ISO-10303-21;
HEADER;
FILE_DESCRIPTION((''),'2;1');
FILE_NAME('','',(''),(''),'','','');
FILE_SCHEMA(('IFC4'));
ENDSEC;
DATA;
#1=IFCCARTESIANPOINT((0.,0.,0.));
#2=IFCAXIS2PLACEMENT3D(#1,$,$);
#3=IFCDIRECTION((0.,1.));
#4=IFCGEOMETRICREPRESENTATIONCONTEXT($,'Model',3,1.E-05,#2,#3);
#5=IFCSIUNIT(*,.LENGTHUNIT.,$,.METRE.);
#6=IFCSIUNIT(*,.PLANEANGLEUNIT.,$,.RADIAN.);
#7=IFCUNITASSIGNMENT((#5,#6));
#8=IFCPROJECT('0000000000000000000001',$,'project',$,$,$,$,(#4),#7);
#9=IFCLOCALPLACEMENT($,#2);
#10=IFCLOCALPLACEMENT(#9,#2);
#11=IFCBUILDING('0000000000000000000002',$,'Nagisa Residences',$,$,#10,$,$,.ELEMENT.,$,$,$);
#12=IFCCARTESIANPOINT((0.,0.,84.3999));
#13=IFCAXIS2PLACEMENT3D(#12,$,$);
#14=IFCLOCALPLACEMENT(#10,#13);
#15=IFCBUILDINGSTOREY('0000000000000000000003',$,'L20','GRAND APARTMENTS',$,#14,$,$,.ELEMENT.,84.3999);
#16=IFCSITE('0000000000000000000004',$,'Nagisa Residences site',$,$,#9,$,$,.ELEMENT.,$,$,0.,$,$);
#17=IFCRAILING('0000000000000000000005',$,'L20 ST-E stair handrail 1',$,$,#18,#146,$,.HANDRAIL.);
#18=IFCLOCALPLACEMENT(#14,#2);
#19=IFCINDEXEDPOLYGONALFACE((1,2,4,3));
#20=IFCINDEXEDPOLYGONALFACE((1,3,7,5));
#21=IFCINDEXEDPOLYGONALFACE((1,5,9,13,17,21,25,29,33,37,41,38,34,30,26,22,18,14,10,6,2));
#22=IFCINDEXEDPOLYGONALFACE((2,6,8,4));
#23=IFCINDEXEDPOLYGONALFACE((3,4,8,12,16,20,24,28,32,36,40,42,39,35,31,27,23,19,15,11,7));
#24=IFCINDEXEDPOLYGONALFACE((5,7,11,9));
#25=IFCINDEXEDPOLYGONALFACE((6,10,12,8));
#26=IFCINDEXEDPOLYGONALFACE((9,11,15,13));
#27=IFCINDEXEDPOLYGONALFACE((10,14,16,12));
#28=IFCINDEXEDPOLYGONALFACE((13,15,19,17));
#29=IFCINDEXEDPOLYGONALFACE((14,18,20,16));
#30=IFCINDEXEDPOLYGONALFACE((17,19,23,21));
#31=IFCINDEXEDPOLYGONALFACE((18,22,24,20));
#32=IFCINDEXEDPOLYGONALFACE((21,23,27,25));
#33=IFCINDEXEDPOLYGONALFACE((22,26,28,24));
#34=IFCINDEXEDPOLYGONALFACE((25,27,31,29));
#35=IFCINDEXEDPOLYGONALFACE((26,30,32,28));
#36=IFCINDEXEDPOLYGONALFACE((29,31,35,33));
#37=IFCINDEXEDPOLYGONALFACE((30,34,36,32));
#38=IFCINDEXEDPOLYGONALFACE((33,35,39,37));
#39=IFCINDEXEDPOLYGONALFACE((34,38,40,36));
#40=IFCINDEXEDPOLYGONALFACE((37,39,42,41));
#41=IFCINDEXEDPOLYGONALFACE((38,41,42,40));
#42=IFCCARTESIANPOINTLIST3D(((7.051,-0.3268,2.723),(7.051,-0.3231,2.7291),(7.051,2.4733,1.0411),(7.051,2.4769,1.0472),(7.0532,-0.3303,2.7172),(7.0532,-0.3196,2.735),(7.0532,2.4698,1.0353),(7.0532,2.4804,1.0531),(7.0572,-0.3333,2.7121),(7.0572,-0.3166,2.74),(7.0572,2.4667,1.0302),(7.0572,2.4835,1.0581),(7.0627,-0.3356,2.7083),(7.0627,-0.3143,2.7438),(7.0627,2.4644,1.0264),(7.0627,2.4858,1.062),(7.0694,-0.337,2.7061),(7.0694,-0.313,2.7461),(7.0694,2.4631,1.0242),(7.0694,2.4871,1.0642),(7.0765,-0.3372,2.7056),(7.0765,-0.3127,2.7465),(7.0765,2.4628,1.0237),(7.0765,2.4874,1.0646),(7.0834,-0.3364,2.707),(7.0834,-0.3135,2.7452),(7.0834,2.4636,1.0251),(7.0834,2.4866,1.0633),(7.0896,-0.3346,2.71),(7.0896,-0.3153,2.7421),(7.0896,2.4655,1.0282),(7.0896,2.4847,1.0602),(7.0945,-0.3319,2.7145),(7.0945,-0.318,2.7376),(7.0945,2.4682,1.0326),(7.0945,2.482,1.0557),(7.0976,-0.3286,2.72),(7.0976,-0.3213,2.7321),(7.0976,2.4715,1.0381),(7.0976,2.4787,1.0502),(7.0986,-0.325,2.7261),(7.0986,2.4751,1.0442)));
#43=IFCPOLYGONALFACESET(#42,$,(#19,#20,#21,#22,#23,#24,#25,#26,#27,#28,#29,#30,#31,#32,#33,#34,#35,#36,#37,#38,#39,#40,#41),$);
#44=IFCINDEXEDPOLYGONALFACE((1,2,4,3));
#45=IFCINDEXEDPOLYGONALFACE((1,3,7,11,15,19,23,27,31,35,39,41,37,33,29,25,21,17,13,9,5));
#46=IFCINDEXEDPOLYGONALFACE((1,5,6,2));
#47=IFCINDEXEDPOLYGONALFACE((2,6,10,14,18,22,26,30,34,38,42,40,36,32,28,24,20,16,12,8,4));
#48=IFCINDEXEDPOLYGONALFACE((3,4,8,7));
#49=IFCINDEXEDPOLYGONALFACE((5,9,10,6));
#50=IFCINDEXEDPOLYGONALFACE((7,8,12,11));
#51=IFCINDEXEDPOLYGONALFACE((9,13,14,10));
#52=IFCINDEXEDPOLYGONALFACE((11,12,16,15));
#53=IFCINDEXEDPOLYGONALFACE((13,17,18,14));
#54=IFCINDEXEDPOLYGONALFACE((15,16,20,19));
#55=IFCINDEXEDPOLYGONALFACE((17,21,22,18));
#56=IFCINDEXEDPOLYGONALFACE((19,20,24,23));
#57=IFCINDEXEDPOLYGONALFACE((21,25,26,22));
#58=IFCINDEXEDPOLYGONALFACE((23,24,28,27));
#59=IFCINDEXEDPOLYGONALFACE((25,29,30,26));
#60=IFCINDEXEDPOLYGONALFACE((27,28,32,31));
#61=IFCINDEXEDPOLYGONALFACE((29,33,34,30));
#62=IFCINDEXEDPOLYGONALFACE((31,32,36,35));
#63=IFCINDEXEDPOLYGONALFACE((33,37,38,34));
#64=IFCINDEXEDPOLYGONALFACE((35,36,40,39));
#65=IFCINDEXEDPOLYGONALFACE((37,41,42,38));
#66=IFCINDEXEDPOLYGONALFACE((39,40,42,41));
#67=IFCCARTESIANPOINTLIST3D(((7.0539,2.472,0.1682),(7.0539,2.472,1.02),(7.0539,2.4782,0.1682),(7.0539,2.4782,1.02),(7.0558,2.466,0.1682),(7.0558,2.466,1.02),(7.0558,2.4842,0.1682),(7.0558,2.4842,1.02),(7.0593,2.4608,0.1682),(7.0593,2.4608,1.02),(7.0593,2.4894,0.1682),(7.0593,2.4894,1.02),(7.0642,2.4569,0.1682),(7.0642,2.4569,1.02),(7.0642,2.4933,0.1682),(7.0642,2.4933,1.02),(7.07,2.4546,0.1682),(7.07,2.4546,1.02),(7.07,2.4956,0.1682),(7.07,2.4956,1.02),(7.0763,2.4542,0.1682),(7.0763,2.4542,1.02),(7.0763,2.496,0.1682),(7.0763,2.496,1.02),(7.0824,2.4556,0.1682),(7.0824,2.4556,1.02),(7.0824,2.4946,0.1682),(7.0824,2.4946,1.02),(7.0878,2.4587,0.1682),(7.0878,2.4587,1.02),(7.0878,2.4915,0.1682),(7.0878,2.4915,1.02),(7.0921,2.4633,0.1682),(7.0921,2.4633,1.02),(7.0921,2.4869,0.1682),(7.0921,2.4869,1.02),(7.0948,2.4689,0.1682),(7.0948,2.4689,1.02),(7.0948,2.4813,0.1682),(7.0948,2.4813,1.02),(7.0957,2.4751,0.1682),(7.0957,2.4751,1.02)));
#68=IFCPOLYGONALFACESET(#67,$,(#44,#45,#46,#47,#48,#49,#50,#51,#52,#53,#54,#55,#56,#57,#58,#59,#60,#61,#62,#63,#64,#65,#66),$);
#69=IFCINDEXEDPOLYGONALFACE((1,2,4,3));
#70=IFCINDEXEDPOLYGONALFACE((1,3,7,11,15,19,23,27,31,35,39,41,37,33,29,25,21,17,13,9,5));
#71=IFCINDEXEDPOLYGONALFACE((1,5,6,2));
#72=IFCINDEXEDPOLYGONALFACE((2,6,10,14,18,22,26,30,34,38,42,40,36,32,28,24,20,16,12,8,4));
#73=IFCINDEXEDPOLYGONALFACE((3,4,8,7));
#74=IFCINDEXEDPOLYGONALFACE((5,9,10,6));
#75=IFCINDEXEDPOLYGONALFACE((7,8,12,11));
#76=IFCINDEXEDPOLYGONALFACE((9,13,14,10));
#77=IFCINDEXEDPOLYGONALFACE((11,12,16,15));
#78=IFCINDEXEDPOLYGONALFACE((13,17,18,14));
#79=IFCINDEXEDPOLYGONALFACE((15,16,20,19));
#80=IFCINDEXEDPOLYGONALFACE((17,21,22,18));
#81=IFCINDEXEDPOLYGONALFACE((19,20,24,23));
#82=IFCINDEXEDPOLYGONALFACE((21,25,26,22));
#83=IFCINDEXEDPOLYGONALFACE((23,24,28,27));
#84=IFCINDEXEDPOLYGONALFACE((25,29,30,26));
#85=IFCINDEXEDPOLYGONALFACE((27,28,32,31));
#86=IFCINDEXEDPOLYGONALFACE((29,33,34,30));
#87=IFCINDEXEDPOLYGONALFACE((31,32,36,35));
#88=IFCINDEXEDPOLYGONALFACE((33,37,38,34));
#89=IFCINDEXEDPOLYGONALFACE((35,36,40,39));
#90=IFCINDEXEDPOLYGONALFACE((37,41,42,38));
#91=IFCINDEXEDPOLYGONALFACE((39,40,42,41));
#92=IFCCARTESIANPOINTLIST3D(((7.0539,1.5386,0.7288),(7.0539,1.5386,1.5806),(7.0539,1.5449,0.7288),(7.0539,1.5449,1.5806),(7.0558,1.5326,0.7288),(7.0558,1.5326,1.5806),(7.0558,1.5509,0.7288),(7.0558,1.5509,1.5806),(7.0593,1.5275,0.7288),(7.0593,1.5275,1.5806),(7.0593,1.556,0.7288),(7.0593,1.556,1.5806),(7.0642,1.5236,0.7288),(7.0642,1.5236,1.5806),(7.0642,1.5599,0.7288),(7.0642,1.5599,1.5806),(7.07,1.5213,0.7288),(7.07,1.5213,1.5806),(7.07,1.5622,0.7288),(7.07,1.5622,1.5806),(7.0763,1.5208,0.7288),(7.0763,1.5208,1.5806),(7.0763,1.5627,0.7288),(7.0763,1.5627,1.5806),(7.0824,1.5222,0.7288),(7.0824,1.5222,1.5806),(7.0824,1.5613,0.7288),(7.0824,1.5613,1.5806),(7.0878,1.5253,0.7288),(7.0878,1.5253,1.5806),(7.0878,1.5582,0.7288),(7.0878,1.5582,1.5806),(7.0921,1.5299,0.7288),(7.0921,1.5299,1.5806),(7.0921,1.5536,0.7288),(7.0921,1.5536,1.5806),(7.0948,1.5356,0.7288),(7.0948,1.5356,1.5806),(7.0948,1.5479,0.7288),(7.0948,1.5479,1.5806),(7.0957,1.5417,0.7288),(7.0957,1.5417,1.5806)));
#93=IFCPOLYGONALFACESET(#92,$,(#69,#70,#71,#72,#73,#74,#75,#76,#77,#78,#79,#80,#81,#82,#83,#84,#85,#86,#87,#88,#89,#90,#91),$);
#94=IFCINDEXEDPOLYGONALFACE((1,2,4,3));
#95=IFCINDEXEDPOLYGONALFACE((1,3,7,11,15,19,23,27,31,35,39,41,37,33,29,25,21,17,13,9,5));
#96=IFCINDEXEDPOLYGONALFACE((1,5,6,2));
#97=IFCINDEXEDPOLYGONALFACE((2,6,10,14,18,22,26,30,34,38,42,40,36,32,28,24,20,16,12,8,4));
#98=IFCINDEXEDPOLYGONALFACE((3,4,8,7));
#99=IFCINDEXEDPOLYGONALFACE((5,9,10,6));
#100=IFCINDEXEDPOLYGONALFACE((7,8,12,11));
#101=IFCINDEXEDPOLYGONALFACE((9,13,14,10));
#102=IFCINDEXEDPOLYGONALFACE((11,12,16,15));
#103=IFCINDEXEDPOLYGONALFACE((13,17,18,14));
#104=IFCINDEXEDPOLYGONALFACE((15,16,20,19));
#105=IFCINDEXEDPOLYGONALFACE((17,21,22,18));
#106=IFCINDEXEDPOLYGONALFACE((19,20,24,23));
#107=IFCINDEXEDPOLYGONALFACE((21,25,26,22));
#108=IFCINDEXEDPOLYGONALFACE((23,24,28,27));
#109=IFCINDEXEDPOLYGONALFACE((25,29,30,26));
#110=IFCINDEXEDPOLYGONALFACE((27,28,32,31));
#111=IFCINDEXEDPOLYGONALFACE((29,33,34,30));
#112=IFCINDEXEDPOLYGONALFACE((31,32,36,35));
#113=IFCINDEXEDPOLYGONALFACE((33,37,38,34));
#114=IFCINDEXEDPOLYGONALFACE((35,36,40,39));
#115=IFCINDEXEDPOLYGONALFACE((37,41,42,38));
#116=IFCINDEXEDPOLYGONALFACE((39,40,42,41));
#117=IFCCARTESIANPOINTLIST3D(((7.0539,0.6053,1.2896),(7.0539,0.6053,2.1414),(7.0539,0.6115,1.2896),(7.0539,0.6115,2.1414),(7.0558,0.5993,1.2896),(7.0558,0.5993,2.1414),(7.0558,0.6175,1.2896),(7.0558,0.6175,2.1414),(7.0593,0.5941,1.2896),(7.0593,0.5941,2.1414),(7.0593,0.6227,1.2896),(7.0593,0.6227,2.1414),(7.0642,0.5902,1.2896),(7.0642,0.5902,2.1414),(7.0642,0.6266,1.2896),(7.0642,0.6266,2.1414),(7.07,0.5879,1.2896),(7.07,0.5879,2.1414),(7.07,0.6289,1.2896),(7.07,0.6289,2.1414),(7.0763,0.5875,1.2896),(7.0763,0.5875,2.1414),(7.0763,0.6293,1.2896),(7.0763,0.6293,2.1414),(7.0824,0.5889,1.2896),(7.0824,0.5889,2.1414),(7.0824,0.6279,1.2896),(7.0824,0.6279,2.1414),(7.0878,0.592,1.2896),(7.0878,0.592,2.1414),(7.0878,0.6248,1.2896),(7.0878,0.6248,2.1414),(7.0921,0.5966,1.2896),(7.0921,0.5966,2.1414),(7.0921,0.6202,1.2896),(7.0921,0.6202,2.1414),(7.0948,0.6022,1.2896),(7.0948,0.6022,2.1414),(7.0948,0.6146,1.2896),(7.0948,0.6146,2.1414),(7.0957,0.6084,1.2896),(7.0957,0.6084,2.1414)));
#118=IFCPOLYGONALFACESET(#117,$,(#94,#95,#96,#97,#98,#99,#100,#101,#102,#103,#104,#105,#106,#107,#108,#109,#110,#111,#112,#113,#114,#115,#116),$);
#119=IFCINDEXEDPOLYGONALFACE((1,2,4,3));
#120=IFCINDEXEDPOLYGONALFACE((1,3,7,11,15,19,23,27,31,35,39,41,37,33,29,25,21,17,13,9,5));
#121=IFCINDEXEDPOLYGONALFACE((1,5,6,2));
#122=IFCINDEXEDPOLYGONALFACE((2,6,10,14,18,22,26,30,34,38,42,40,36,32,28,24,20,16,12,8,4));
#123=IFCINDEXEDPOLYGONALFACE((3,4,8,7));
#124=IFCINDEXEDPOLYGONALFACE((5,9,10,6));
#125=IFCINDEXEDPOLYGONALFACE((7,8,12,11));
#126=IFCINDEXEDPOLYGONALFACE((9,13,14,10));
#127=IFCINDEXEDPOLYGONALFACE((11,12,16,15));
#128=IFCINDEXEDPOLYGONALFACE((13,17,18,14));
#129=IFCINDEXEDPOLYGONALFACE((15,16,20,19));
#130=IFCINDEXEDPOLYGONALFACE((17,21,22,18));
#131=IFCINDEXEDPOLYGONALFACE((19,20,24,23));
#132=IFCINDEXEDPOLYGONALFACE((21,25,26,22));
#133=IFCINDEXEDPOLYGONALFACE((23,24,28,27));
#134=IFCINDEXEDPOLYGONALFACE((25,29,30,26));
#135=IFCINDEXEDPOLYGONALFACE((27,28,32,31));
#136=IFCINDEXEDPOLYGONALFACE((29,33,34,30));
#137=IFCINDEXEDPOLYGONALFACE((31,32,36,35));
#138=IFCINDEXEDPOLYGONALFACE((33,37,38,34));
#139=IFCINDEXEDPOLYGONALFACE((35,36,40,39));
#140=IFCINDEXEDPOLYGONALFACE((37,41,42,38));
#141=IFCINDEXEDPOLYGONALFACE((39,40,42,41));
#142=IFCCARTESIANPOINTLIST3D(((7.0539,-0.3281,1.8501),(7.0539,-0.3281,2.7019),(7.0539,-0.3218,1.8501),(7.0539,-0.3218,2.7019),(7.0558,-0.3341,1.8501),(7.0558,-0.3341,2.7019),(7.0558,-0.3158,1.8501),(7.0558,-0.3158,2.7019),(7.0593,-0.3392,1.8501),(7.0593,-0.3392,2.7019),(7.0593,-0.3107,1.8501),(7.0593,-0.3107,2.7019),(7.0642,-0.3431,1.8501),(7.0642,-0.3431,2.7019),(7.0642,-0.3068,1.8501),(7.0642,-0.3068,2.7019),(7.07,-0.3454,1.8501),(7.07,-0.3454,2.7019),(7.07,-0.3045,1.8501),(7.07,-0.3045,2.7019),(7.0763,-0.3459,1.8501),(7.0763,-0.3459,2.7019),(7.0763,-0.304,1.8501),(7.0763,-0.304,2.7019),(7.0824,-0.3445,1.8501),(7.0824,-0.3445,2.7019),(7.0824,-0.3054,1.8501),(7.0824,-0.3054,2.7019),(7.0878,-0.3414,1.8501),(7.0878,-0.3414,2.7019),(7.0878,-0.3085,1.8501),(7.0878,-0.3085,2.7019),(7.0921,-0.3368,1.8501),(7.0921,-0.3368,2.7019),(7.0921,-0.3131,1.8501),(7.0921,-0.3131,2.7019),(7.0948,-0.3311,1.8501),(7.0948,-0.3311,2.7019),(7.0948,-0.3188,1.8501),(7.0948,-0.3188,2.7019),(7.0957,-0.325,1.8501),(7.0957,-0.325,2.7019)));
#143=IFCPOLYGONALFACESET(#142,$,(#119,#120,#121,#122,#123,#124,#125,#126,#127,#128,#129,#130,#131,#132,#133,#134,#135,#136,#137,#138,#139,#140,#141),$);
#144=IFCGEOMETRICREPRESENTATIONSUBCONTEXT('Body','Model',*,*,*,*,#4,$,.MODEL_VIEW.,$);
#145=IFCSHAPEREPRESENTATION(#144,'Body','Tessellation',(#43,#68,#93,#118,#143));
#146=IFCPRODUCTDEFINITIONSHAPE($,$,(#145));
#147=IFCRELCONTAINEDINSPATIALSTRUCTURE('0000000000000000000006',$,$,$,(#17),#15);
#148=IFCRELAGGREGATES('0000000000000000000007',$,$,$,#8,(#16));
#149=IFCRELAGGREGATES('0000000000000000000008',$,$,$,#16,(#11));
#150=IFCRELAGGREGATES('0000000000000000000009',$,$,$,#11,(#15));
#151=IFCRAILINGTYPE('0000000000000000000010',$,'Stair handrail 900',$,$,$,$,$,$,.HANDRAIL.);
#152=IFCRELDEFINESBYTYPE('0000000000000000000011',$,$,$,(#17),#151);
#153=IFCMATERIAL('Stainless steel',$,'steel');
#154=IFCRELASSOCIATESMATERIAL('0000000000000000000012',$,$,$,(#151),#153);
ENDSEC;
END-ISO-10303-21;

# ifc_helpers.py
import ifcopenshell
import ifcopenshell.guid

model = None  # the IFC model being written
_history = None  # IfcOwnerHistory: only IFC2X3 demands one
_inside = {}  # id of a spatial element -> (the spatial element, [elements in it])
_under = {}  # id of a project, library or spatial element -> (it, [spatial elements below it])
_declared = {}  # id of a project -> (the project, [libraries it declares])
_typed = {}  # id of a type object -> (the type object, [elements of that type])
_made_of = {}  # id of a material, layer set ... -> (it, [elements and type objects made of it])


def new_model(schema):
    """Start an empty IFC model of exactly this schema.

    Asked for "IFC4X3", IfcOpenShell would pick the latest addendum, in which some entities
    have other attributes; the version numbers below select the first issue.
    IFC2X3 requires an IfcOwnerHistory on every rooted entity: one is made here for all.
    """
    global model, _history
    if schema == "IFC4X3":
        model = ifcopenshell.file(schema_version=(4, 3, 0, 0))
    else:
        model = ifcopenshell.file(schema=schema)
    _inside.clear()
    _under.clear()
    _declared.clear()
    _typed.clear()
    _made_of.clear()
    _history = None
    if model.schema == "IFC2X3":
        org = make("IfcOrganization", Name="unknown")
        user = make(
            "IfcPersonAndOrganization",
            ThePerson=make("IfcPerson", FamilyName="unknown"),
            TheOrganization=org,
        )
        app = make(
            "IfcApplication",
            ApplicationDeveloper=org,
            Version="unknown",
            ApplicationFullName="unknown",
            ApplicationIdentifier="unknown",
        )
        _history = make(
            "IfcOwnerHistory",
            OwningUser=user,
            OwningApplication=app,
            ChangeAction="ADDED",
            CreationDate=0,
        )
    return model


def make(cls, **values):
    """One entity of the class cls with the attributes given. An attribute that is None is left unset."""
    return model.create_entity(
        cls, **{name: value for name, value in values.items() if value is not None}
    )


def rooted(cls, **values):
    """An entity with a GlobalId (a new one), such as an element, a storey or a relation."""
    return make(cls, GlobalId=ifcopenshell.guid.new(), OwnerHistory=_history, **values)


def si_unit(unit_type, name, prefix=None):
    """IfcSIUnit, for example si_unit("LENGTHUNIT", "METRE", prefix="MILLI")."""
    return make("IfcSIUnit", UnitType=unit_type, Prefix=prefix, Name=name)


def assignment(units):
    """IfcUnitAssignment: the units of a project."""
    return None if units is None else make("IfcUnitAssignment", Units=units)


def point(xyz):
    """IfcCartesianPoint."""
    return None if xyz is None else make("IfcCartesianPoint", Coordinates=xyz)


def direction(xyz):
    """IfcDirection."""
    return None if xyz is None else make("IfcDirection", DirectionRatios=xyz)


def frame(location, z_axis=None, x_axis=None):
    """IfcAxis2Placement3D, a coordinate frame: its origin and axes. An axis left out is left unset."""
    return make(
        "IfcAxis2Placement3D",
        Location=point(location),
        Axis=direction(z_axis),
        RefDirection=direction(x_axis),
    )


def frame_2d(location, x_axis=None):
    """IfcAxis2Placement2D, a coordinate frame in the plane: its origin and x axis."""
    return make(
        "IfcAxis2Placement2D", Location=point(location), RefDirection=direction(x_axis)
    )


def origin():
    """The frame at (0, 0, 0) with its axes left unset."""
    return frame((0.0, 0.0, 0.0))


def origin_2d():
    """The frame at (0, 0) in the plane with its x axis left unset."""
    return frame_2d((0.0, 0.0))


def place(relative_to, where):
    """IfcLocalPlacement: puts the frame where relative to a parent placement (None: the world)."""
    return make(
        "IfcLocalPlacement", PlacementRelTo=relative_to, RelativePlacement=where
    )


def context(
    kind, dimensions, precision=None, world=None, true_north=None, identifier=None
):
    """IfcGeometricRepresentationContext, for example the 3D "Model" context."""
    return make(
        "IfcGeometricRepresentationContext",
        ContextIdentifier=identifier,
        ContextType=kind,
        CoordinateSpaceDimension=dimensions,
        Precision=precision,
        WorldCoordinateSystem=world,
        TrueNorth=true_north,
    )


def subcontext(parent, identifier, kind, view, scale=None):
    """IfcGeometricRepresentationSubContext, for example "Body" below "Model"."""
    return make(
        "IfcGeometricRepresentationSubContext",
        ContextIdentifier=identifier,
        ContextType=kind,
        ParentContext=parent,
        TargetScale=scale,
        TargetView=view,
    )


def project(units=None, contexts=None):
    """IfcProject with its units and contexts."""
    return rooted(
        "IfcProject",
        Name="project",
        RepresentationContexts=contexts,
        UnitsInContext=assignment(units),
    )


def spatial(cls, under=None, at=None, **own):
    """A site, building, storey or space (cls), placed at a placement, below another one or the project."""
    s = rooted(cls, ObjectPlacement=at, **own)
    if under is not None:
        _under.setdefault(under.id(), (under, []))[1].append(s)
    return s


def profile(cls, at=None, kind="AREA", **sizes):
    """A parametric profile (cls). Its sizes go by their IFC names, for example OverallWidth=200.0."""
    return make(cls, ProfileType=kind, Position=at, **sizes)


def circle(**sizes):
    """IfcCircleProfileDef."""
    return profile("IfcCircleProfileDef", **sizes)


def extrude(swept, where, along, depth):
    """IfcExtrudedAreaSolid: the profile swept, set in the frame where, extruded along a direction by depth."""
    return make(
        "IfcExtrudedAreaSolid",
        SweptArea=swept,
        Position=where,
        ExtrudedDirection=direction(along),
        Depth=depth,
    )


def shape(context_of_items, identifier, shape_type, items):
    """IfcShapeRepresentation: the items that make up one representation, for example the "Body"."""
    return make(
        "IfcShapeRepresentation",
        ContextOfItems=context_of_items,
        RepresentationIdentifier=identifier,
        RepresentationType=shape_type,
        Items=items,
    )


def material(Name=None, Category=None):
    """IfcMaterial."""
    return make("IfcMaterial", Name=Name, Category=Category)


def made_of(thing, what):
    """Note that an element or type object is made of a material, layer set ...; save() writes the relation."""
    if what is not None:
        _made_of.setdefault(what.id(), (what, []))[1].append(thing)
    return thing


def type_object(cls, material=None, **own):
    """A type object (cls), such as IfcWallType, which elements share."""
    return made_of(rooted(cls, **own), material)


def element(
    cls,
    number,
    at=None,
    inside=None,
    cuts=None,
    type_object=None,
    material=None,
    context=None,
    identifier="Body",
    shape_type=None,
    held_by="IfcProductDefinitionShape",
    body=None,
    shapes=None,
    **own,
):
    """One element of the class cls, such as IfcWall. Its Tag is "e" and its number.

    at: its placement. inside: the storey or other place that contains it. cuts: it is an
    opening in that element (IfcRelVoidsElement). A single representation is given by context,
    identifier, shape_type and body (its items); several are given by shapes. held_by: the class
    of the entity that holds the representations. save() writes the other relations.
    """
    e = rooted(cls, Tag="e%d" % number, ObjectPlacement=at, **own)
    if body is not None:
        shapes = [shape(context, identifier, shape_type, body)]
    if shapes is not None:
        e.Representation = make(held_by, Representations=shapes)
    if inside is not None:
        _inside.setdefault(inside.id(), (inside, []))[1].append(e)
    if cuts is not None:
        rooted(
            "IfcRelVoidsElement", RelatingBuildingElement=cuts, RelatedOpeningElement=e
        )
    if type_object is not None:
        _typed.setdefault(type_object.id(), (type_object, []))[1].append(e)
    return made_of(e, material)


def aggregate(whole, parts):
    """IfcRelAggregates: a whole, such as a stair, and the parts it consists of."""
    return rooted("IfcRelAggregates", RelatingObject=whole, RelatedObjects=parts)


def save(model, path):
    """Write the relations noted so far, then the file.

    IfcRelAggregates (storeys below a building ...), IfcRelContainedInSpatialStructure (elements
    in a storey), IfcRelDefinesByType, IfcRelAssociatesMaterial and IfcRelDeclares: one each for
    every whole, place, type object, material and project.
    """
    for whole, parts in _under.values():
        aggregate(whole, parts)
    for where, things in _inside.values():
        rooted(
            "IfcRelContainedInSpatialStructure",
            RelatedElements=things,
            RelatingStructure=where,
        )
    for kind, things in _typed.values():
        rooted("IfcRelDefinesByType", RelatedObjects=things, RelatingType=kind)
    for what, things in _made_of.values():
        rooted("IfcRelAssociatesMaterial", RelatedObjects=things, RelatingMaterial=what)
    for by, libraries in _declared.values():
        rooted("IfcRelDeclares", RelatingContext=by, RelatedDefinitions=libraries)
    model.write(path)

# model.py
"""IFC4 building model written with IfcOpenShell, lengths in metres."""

from ifc_helpers import new_model, si_unit, direction, frame, origin, origin_2d, place, context, subcontext, project, spatial, circle, extrude, material, type_object, element, save


model = new_model("IFC4")

# Units and contexts
model_context = context("Model", 3, precision=1e-05, world=origin(), true_north=direction((0.0, 1.0)))
body_context = subcontext(model_context, "Body", "Model", "MODEL_VIEW")
ifc_project = project(units=[si_unit("LENGTHUNIT", "METRE"), si_unit("PLANEANGLEUNIT", "RADIAN")], contexts=[model_context])

# Site, building, storey
site_placement = place(None, origin())
site = spatial("IfcSite", under=ifc_project, at=site_placement, Name="Nagisa Residences site", CompositionType="ELEMENT", RefElevation=0.0)
building_placement = place(site_placement, origin())
building = spatial("IfcBuilding", under=site, at=building_placement, Name="Nagisa Residences", CompositionType="ELEMENT")
storey_placement = place(building_placement, frame((0.0, 0.0, 84.3999)))
storey = spatial("IfcBuildingStorey", under=building, at=storey_placement, Name="L20", Description="GRAND APARTMENTS", CompositionType="ELEMENT", Elevation=84.3999)

# Railing
ifc_material_1 = material(Name="Stainless steel", Category="steel")
railing_type_1 = type_object("IfcRailingType", Name="Stair handrail 900", PredefinedType="HANDRAIL", material=ifc_material_1)
railing_1_placement = place(storey_placement, frame((7.0747, 2.4751, 0.1682)))
element("IfcRailing", 1, at=railing_1_placement, inside=storey, type_object=railing_type_1, Name="L20 ST-E stair handrail 1", PredefinedType="HANDRAIL", context=body_context, shape_type="SweptSolid", body=[
    extrude(circle(Radius=0.0239, at=origin_2d()), frame((0.0, 0.0, 0.876), z_axis=(0.0, -0.857242, 0.514913), x_axis=(1.0, 0.0, 0.0)), (0.0, 0.0, 1.0), 3.2664),
    extrude(circle(Radius=0.021, at=origin_2d()), origin(), (0.0, 0.0, 1.0), 0.8518),
    extrude(circle(Radius=0.021, at=origin_2d()), frame((0.0, -0.9333, 0.5605)), (0.0, 0.0, 1.0), 0.8518),
    extrude(circle(Radius=0.021, at=origin_2d()), frame((0.0, -1.8667, 1.1213)), (0.0, 0.0, 1.0), 0.8518),
    extrude(circle(Radius=0.021, at=origin_2d()), frame((0.0, -2.8, 1.6819)), (0.0, 0.0, 1.0), 0.8518),
])

save(model, "model.ifc")
